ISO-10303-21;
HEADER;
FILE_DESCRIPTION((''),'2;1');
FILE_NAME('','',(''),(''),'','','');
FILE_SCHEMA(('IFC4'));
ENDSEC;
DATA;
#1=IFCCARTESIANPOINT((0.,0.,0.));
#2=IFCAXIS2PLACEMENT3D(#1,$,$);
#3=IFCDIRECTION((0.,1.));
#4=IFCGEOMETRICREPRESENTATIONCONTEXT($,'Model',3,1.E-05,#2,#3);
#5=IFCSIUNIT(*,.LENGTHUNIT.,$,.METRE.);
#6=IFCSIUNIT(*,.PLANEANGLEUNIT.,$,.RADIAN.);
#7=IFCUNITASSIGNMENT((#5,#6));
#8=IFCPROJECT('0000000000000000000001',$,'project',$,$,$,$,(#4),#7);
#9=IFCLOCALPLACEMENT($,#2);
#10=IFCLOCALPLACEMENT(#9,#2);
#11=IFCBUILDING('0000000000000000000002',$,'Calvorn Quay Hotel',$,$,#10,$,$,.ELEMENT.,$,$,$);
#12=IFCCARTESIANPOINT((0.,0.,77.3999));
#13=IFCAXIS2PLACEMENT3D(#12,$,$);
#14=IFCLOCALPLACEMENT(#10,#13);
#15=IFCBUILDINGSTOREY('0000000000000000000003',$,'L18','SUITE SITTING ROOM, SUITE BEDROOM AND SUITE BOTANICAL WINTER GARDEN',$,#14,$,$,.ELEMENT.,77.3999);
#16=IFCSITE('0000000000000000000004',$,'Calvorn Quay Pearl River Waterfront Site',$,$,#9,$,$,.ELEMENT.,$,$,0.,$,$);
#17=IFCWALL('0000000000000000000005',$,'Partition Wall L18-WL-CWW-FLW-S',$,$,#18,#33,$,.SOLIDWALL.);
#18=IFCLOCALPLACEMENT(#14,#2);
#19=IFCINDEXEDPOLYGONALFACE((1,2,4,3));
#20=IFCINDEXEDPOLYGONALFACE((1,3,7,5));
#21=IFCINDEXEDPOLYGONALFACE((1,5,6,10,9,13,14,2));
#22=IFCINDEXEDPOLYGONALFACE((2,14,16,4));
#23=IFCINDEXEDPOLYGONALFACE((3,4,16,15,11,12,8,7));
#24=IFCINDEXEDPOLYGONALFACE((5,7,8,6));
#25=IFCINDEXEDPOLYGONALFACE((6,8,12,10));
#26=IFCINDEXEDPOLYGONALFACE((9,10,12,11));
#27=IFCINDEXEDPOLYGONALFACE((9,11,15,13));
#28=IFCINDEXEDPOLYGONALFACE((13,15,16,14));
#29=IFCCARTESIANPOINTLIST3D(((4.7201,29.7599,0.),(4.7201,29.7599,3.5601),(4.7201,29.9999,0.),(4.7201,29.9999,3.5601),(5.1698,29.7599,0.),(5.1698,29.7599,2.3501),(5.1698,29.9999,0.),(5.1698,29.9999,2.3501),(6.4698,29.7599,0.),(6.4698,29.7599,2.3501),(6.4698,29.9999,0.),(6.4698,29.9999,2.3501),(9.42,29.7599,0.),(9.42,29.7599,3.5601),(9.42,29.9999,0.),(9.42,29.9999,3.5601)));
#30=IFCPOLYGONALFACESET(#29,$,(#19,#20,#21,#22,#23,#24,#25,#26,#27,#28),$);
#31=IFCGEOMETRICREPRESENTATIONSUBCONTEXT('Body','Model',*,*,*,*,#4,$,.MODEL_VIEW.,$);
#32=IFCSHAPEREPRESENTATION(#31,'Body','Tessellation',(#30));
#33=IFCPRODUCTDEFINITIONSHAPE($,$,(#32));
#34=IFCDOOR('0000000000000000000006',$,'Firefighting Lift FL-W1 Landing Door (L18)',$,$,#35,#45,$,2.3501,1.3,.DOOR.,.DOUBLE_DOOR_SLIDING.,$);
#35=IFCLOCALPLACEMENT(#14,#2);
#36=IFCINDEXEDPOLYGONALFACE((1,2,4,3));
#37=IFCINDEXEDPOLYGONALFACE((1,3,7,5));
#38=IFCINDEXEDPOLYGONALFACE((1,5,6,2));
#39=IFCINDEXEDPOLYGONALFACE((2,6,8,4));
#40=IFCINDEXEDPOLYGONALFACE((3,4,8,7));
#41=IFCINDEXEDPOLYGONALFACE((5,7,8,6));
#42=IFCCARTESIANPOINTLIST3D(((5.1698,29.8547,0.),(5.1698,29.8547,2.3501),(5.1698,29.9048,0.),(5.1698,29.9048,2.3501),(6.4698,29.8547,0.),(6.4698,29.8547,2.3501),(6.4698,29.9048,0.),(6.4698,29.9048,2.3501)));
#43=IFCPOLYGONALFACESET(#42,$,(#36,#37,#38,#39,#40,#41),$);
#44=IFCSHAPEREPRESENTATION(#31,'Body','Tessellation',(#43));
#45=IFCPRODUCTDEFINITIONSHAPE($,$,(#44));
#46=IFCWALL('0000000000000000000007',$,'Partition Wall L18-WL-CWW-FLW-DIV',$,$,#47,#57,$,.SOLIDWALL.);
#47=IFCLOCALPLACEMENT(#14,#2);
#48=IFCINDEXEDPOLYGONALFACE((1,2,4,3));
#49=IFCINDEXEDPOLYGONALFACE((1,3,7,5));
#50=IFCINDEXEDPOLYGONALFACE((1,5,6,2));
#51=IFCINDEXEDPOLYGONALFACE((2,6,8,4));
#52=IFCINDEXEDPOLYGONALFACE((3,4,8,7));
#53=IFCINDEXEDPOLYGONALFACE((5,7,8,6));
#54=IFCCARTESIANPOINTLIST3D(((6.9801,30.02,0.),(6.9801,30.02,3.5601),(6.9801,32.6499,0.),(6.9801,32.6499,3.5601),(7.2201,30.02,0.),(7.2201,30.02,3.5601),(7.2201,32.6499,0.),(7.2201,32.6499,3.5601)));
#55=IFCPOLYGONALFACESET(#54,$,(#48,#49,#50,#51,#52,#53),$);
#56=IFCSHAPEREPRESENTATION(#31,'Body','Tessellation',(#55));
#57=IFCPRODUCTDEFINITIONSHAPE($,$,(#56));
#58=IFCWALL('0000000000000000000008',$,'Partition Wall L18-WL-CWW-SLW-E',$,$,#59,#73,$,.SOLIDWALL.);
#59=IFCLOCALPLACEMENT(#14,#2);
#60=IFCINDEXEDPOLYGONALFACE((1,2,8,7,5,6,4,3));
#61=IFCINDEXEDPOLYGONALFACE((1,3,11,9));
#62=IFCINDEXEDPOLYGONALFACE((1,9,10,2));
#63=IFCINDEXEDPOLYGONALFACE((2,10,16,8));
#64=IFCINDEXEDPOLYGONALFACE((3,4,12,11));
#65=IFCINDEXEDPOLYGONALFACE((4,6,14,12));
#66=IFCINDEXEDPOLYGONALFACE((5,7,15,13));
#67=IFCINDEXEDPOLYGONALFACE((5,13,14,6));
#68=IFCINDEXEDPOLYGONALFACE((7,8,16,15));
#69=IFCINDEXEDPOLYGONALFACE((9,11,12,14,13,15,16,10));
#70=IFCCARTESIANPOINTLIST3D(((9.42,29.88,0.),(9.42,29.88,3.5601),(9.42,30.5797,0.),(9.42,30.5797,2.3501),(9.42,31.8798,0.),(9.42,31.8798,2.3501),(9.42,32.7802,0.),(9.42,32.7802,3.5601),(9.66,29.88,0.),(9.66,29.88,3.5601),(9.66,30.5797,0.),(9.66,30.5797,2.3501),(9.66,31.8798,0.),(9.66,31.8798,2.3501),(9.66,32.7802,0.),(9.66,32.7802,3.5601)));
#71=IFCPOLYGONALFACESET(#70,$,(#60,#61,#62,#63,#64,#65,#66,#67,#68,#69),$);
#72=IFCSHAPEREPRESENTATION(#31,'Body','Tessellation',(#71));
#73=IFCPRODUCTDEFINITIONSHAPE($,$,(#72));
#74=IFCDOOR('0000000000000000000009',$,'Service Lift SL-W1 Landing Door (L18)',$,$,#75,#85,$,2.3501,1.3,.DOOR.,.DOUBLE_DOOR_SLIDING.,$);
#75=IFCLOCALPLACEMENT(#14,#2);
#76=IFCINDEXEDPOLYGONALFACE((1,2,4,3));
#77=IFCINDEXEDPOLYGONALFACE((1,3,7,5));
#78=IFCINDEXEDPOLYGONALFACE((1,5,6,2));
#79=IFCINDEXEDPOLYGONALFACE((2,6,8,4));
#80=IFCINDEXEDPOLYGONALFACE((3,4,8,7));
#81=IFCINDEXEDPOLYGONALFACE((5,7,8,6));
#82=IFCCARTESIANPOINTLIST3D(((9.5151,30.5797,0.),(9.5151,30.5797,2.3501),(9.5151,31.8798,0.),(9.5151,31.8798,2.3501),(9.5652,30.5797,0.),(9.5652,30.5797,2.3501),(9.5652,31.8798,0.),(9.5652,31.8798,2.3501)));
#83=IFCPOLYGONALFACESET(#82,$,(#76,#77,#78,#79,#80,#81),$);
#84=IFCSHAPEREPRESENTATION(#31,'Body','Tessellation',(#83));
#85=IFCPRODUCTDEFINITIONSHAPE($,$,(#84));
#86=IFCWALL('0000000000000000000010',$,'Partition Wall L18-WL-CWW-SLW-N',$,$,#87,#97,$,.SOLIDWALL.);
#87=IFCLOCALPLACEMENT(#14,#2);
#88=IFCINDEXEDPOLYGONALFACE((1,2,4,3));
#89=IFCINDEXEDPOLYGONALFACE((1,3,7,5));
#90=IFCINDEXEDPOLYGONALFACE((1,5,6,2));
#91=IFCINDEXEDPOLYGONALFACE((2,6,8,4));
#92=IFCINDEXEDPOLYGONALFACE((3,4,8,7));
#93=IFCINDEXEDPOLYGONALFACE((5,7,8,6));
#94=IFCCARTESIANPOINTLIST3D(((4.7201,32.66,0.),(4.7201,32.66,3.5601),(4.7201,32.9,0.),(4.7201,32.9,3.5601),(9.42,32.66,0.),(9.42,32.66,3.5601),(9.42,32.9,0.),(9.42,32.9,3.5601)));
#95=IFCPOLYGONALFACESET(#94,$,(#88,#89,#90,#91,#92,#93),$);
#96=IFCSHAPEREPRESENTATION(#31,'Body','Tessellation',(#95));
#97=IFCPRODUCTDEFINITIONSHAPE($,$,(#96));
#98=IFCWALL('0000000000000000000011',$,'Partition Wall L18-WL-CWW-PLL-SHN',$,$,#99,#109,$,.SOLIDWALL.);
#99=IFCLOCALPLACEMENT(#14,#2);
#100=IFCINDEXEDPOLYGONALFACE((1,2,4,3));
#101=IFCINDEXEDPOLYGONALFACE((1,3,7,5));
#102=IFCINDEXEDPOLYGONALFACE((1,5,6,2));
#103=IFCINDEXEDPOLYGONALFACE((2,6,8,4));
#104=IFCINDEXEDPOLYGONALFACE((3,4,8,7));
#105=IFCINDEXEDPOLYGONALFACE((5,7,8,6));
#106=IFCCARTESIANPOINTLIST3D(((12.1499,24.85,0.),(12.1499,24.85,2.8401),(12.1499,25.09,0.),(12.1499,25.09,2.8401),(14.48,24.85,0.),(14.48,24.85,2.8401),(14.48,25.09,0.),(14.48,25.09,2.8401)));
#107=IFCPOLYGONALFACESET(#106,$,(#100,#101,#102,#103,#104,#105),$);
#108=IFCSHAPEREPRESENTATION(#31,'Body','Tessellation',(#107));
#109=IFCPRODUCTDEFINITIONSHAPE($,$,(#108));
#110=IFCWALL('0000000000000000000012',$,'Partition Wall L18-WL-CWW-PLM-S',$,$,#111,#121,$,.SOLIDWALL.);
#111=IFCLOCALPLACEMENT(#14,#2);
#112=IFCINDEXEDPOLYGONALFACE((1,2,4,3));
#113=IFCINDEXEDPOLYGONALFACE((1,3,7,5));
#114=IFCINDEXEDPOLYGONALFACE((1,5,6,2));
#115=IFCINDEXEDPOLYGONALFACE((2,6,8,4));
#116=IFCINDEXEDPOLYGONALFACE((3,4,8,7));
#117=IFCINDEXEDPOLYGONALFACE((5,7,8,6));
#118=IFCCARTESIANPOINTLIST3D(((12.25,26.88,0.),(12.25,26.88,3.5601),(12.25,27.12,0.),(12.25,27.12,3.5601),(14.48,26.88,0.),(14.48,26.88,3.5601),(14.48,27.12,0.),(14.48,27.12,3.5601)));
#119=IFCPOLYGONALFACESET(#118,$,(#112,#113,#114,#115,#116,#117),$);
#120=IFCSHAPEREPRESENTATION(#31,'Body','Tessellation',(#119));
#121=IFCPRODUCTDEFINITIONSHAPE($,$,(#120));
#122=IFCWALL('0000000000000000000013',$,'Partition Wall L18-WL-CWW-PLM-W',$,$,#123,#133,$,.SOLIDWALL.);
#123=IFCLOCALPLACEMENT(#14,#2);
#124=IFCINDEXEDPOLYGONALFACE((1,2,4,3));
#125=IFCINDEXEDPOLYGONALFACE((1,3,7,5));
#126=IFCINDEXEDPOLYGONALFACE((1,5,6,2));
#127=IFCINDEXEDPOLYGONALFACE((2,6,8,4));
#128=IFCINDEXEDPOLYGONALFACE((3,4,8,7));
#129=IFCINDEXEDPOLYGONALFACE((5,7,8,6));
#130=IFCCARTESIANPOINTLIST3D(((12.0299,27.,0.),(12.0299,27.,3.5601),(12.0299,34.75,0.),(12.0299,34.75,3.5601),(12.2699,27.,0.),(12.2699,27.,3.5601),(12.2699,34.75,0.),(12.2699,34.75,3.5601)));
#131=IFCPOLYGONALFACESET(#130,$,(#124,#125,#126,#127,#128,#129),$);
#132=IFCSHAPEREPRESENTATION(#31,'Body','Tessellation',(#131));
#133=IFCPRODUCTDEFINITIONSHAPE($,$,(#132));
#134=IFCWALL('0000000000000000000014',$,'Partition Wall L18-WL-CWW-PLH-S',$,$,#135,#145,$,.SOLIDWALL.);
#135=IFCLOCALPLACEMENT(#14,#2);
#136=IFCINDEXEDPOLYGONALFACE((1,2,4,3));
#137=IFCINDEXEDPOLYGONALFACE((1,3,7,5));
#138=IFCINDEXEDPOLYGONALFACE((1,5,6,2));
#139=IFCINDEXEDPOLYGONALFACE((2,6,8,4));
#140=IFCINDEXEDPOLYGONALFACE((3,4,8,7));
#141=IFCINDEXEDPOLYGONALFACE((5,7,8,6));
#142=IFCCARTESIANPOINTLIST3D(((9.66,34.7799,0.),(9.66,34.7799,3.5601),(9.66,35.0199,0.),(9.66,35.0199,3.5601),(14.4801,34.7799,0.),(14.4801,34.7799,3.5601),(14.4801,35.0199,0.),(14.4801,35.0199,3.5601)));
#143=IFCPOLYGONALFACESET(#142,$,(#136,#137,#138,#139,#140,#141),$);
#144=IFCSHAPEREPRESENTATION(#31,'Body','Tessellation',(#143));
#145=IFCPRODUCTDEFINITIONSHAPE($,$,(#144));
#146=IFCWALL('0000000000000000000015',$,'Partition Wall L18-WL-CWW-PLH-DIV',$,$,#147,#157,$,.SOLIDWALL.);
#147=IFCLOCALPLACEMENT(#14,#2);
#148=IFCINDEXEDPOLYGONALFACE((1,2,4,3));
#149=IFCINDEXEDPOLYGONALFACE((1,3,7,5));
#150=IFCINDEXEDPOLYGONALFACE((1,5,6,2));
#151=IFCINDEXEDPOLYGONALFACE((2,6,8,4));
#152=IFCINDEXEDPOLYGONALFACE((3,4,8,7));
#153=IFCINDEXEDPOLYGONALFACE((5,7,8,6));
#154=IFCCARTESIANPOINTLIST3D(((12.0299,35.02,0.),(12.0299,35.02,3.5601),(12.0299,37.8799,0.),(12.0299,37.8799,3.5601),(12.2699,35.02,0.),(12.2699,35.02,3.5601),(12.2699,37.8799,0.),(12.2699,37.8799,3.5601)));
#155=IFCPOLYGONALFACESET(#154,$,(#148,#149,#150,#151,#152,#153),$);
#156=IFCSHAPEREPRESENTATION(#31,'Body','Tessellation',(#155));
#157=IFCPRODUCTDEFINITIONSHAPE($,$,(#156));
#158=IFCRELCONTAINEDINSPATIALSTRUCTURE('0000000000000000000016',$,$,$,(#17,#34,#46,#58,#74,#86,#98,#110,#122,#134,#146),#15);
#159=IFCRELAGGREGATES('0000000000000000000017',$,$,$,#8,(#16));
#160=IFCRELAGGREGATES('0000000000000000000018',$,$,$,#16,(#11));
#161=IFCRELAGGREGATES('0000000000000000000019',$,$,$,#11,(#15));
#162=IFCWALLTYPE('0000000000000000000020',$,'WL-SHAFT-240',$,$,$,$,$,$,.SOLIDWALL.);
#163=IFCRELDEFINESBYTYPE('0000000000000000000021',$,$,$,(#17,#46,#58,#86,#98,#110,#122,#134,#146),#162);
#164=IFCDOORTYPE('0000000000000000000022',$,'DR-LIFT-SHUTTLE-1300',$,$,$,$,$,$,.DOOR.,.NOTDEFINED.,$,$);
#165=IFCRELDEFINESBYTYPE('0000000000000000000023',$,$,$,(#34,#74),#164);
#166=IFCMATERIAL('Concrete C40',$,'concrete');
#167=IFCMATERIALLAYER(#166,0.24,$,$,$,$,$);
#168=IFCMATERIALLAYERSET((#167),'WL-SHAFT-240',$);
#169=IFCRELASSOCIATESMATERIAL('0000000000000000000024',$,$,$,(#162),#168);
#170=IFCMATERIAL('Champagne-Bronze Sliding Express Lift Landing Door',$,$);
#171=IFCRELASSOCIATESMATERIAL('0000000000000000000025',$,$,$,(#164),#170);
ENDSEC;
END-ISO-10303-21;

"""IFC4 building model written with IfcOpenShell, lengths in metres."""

from ifc_helpers import new_model, si_unit, direction, frame, frame_2d, origin, place, context, subcontext, project, spatial, rectangle, extrude, material, layer, layer_set, type_object, element, fill, save


model = new_model("IFC4")

# Units and contexts
model_context = context("Model", 3, precision=1e-05, world=origin(), true_north=direction((0.0, 1.0)))
body_context = subcontext(model_context, "Body", "Model", "MODEL_VIEW")
ifc_project = project(units=[si_unit("LENGTHUNIT", "METRE"), si_unit("PLANEANGLEUNIT", "RADIAN")], contexts=[model_context])

# Site, building, storey
site_placement = place(None, origin())
site = spatial("IfcSite", under=ifc_project, at=site_placement, Name="Calvorn Quay Pearl River Waterfront Site", CompositionType="ELEMENT", RefElevation=0.0)
building_placement = place(site_placement, origin())
building = spatial("IfcBuilding", under=site, at=building_placement, Name="Calvorn Quay Hotel", CompositionType="ELEMENT")
storey_placement = place(building_placement, frame((0.0, 0.0, 77.3999)))
storey = spatial("IfcBuildingStorey", under=building, at=storey_placement, Name="L18", Description="SUITE SITTING ROOM, SUITE BEDROOM AND SUITE BOTANICAL WINTER GARDEN", CompositionType="ELEMENT", Elevation=77.3999)

# Shared definitions
ifc_material_1 = material(Name="Concrete C40", Category="concrete")
ifc_layer_1 = layer(ifc_material_1, 0.24)
ifc_layer_set_1 = layer_set([ifc_layer_1], Name="WL-SHAFT-240")
wall_type_1 = type_object("IfcWallType", Name="WL-SHAFT-240", PredefinedType="SOLIDWALL", material=ifc_layer_set_1)

# Wall, opening, door
wall_1_placement = place(storey_placement, frame((4.72, 29.8799, 0.0), z_axis=(0.0, 0.0, 1.0), x_axis=(1.0, 0.0, 0.0)))
wall_1 = element("IfcWall", 1, at=wall_1_placement, inside=storey, type_object=wall_type_1, Name="Partition Wall L18-WL-CWW-FLW-S", PredefinedType="SOLIDWALL", context=body_context, shape_type="SweptSolid", body=[
    extrude(rectangle(XDim=4.7, YDim=0.24, at=frame_2d((2.3501, 0.0))), origin(), (0.0, 0.0, 1.0), 3.5601),
])
opening_1_placement = place(wall_1_placement, frame((0.45, 0.0, 0.0)))
opening_1 = element("IfcOpeningElement", 2, at=opening_1_placement, cuts=wall_1, PredefinedType="OPENING", context=body_context, shape_type="SweptSolid", body=[
    extrude(rectangle(XDim=1.3, YDim=2.3501, at=frame_2d((0.6499, 1.175))), frame((0.0, 0.1299, 0.0), z_axis=(0.0, -1.0, 0.0), x_axis=(1.0, 0.0, 0.0)), (0.0, 0.0, 1.0), 0.26),
])
ifc_material_2 = material(Name="Champagne-Bronze Sliding Express Lift Landing Door")
door_type_1 = type_object("IfcDoorType", Name="DR-LIFT-SHUTTLE-1300", OperationType="NOTDEFINED", PredefinedType="DOOR", material=ifc_material_2)
door_1_placement = place(opening_1_placement, origin())
door_1 = element("IfcDoor", 3, at=door_1_placement, inside=storey, type_object=door_type_1, Name="Firefighting Lift FL-W1 Landing Door (L18)", OperationType="DOUBLE_DOOR_SLIDING", OverallHeight=2.3501, OverallWidth=1.3, PredefinedType="DOOR", context=body_context, shape_type="SweptSolid", body=[
    extrude(rectangle(XDim=1.3, YDim=2.3501, at=frame_2d((0.6499, 1.175))), frame((0.0, 0.0249, 0.0), z_axis=(0.0, -1.0, 0.0), x_axis=(1.0, 0.0, 0.0)), (0.0, 0.0, 1.0), 0.05),
])
fill(opening_1, door_1)

# Wall
wall_2_placement = place(storey_placement, frame((7.1001, 30.02, 0.0), z_axis=(0.0, 0.0, 1.0), x_axis=(0.0, 1.0, 0.0)))
element("IfcWall", 4, at=wall_2_placement, inside=storey, type_object=wall_type_1, Name="Partition Wall L18-WL-CWW-FLW-DIV", PredefinedType="SOLIDWALL", context=body_context, shape_type="SweptSolid", body=[
    extrude(rectangle(XDim=2.6299, YDim=0.24, at=frame_2d((1.3149, 0.0))), origin(), (0.0, 0.0, 1.0), 3.5601),
])

# Wall, opening, door
wall_3_placement = place(storey_placement, frame((9.54, 29.8799, 0.0), z_axis=(0.0, 0.0, 1.0), x_axis=(0.0, 1.0, 0.0)))
wall_3 = element("IfcWall", 5, at=wall_3_placement, inside=storey, type_object=wall_type_1, Name="Partition Wall L18-WL-CWW-SLW-E", PredefinedType="SOLIDWALL", context=body_context, shape_type="SweptSolid", body=[
    extrude(rectangle(XDim=2.9001, YDim=0.24, at=frame_2d((1.4502, 0.0))), origin(), (0.0, 0.0, 1.0), 3.5601),
])
opening_2_placement = place(wall_3_placement, frame((0.7, 0.0, 0.0)))
opening_2 = element("IfcOpeningElement", 6, at=opening_2_placement, cuts=wall_3, PredefinedType="OPENING", context=body_context, shape_type="SweptSolid", body=[
    extrude(rectangle(XDim=1.3, YDim=2.3501, at=frame_2d((0.6499, 1.175))), frame((0.0, 0.1299, 0.0), z_axis=(0.0, -1.0, 0.0), x_axis=(1.0, 0.0, 0.0)), (0.0, 0.0, 1.0), 0.26),
])
door_2_placement = place(opening_2_placement, origin())
door_2 = element("IfcDoor", 7, at=door_2_placement, inside=storey, type_object=door_type_1, Name="Service Lift SL-W1 Landing Door (L18)", OperationType="DOUBLE_DOOR_SLIDING", OverallHeight=2.3501, OverallWidth=1.3, PredefinedType="DOOR", context=body_context, shape_type="SweptSolid", body=[
    extrude(rectangle(XDim=1.3, YDim=2.3501, at=frame_2d((0.6499, 1.175))), frame((0.0, 0.0249, 0.0), z_axis=(0.0, -1.0, 0.0), x_axis=(1.0, 0.0, 0.0)), (0.0, 0.0, 1.0), 0.05),
])
fill(opening_2, door_2)

# Wall
wall_4_placement = place(storey_placement, frame((4.72, 32.78, 0.0), z_axis=(0.0, 0.0, 1.0), x_axis=(1.0, 0.0, 0.0)))
element("IfcWall", 8, at=wall_4_placement, inside=storey, type_object=wall_type_1, Name="Partition Wall L18-WL-CWW-SLW-N", PredefinedType="SOLIDWALL", context=body_context, shape_type="SweptSolid", body=[
    extrude(rectangle(XDim=4.7, YDim=0.24, at=frame_2d((2.3501, 0.0))), origin(), (0.0, 0.0, 1.0), 3.5601),
])

# Walls
wall_5_placement = place(storey_placement, frame((12.1499, 24.97, 0.0), z_axis=(0.0, 0.0, 1.0), x_axis=(1.0, 0.0, 0.0)))
element("IfcWall", 9, at=wall_5_placement, inside=storey, type_object=wall_type_1, Name="Partition Wall L18-WL-CWW-PLL-SHN", PredefinedType="SOLIDWALL", context=body_context, shape_type="SweptSolid", body=[
    extrude(rectangle(XDim=2.3301, YDim=0.24, at=frame_2d((1.165, 0.0))), origin(), (0.0, 0.0, 1.0), 2.8401),
])
wall_6_placement = place(storey_placement, frame((12.25, 27.0, 0.0), z_axis=(0.0, 0.0, 1.0), x_axis=(1.0, 0.0, 0.0)))
element("IfcWall", 10, at=wall_6_placement, inside=storey, type_object=wall_type_1, Name="Partition Wall L18-WL-CWW-PLM-S", PredefinedType="SOLIDWALL", context=body_context, shape_type="SweptSolid", body=[
    extrude(rectangle(XDim=2.23, YDim=0.24, at=frame_2d((1.115, 0.0))), origin(), (0.0, 0.0, 1.0), 3.5601),
])
wall_7_placement = place(storey_placement, frame((12.1499, 27.0, 0.0), z_axis=(0.0, 0.0, 1.0), x_axis=(0.0, 1.0, 0.0)))
element("IfcWall", 11, at=wall_7_placement, inside=storey, type_object=wall_type_1, Name="Partition Wall L18-WL-CWW-PLM-W", PredefinedType="SOLIDWALL", context=body_context, shape_type="SweptSolid", body=[
    extrude(rectangle(XDim=7.75, YDim=0.24, at=frame_2d((3.875, 0.0))), origin(), (0.0, 0.0, 1.0), 3.5601),
])
wall_8_placement = place(storey_placement, frame((9.6599, 34.8999, 0.0), z_axis=(0.0, 0.0, 1.0), x_axis=(1.0, 0.0, 0.0)))
element("IfcWall", 12, at=wall_8_placement, inside=storey, type_object=wall_type_1, Name="Partition Wall L18-WL-CWW-PLH-S", PredefinedType="SOLIDWALL", context=body_context, shape_type="SweptSolid", body=[
    extrude(rectangle(XDim=4.8201, YDim=0.24, at=frame_2d((2.4102, 0.0))), origin(), (0.0, 0.0, 1.0), 3.5601),
])
wall_9_placement = place(storey_placement, frame((12.1499, 35.02, 0.0), z_axis=(0.0, 0.0, 1.0), x_axis=(0.0, 1.0, 0.0)))
element("IfcWall", 13, at=wall_9_placement, inside=storey, type_object=wall_type_1, Name="Partition Wall L18-WL-CWW-PLH-DIV", PredefinedType="SOLIDWALL", context=body_context, shape_type="SweptSolid", body=[
    extrude(rectangle(XDim=2.8599, YDim=0.24, at=frame_2d((1.4299, 0.0))), origin(), (0.0, 0.0, 1.0), 3.5601),
])

save(model, "model.ifc")
